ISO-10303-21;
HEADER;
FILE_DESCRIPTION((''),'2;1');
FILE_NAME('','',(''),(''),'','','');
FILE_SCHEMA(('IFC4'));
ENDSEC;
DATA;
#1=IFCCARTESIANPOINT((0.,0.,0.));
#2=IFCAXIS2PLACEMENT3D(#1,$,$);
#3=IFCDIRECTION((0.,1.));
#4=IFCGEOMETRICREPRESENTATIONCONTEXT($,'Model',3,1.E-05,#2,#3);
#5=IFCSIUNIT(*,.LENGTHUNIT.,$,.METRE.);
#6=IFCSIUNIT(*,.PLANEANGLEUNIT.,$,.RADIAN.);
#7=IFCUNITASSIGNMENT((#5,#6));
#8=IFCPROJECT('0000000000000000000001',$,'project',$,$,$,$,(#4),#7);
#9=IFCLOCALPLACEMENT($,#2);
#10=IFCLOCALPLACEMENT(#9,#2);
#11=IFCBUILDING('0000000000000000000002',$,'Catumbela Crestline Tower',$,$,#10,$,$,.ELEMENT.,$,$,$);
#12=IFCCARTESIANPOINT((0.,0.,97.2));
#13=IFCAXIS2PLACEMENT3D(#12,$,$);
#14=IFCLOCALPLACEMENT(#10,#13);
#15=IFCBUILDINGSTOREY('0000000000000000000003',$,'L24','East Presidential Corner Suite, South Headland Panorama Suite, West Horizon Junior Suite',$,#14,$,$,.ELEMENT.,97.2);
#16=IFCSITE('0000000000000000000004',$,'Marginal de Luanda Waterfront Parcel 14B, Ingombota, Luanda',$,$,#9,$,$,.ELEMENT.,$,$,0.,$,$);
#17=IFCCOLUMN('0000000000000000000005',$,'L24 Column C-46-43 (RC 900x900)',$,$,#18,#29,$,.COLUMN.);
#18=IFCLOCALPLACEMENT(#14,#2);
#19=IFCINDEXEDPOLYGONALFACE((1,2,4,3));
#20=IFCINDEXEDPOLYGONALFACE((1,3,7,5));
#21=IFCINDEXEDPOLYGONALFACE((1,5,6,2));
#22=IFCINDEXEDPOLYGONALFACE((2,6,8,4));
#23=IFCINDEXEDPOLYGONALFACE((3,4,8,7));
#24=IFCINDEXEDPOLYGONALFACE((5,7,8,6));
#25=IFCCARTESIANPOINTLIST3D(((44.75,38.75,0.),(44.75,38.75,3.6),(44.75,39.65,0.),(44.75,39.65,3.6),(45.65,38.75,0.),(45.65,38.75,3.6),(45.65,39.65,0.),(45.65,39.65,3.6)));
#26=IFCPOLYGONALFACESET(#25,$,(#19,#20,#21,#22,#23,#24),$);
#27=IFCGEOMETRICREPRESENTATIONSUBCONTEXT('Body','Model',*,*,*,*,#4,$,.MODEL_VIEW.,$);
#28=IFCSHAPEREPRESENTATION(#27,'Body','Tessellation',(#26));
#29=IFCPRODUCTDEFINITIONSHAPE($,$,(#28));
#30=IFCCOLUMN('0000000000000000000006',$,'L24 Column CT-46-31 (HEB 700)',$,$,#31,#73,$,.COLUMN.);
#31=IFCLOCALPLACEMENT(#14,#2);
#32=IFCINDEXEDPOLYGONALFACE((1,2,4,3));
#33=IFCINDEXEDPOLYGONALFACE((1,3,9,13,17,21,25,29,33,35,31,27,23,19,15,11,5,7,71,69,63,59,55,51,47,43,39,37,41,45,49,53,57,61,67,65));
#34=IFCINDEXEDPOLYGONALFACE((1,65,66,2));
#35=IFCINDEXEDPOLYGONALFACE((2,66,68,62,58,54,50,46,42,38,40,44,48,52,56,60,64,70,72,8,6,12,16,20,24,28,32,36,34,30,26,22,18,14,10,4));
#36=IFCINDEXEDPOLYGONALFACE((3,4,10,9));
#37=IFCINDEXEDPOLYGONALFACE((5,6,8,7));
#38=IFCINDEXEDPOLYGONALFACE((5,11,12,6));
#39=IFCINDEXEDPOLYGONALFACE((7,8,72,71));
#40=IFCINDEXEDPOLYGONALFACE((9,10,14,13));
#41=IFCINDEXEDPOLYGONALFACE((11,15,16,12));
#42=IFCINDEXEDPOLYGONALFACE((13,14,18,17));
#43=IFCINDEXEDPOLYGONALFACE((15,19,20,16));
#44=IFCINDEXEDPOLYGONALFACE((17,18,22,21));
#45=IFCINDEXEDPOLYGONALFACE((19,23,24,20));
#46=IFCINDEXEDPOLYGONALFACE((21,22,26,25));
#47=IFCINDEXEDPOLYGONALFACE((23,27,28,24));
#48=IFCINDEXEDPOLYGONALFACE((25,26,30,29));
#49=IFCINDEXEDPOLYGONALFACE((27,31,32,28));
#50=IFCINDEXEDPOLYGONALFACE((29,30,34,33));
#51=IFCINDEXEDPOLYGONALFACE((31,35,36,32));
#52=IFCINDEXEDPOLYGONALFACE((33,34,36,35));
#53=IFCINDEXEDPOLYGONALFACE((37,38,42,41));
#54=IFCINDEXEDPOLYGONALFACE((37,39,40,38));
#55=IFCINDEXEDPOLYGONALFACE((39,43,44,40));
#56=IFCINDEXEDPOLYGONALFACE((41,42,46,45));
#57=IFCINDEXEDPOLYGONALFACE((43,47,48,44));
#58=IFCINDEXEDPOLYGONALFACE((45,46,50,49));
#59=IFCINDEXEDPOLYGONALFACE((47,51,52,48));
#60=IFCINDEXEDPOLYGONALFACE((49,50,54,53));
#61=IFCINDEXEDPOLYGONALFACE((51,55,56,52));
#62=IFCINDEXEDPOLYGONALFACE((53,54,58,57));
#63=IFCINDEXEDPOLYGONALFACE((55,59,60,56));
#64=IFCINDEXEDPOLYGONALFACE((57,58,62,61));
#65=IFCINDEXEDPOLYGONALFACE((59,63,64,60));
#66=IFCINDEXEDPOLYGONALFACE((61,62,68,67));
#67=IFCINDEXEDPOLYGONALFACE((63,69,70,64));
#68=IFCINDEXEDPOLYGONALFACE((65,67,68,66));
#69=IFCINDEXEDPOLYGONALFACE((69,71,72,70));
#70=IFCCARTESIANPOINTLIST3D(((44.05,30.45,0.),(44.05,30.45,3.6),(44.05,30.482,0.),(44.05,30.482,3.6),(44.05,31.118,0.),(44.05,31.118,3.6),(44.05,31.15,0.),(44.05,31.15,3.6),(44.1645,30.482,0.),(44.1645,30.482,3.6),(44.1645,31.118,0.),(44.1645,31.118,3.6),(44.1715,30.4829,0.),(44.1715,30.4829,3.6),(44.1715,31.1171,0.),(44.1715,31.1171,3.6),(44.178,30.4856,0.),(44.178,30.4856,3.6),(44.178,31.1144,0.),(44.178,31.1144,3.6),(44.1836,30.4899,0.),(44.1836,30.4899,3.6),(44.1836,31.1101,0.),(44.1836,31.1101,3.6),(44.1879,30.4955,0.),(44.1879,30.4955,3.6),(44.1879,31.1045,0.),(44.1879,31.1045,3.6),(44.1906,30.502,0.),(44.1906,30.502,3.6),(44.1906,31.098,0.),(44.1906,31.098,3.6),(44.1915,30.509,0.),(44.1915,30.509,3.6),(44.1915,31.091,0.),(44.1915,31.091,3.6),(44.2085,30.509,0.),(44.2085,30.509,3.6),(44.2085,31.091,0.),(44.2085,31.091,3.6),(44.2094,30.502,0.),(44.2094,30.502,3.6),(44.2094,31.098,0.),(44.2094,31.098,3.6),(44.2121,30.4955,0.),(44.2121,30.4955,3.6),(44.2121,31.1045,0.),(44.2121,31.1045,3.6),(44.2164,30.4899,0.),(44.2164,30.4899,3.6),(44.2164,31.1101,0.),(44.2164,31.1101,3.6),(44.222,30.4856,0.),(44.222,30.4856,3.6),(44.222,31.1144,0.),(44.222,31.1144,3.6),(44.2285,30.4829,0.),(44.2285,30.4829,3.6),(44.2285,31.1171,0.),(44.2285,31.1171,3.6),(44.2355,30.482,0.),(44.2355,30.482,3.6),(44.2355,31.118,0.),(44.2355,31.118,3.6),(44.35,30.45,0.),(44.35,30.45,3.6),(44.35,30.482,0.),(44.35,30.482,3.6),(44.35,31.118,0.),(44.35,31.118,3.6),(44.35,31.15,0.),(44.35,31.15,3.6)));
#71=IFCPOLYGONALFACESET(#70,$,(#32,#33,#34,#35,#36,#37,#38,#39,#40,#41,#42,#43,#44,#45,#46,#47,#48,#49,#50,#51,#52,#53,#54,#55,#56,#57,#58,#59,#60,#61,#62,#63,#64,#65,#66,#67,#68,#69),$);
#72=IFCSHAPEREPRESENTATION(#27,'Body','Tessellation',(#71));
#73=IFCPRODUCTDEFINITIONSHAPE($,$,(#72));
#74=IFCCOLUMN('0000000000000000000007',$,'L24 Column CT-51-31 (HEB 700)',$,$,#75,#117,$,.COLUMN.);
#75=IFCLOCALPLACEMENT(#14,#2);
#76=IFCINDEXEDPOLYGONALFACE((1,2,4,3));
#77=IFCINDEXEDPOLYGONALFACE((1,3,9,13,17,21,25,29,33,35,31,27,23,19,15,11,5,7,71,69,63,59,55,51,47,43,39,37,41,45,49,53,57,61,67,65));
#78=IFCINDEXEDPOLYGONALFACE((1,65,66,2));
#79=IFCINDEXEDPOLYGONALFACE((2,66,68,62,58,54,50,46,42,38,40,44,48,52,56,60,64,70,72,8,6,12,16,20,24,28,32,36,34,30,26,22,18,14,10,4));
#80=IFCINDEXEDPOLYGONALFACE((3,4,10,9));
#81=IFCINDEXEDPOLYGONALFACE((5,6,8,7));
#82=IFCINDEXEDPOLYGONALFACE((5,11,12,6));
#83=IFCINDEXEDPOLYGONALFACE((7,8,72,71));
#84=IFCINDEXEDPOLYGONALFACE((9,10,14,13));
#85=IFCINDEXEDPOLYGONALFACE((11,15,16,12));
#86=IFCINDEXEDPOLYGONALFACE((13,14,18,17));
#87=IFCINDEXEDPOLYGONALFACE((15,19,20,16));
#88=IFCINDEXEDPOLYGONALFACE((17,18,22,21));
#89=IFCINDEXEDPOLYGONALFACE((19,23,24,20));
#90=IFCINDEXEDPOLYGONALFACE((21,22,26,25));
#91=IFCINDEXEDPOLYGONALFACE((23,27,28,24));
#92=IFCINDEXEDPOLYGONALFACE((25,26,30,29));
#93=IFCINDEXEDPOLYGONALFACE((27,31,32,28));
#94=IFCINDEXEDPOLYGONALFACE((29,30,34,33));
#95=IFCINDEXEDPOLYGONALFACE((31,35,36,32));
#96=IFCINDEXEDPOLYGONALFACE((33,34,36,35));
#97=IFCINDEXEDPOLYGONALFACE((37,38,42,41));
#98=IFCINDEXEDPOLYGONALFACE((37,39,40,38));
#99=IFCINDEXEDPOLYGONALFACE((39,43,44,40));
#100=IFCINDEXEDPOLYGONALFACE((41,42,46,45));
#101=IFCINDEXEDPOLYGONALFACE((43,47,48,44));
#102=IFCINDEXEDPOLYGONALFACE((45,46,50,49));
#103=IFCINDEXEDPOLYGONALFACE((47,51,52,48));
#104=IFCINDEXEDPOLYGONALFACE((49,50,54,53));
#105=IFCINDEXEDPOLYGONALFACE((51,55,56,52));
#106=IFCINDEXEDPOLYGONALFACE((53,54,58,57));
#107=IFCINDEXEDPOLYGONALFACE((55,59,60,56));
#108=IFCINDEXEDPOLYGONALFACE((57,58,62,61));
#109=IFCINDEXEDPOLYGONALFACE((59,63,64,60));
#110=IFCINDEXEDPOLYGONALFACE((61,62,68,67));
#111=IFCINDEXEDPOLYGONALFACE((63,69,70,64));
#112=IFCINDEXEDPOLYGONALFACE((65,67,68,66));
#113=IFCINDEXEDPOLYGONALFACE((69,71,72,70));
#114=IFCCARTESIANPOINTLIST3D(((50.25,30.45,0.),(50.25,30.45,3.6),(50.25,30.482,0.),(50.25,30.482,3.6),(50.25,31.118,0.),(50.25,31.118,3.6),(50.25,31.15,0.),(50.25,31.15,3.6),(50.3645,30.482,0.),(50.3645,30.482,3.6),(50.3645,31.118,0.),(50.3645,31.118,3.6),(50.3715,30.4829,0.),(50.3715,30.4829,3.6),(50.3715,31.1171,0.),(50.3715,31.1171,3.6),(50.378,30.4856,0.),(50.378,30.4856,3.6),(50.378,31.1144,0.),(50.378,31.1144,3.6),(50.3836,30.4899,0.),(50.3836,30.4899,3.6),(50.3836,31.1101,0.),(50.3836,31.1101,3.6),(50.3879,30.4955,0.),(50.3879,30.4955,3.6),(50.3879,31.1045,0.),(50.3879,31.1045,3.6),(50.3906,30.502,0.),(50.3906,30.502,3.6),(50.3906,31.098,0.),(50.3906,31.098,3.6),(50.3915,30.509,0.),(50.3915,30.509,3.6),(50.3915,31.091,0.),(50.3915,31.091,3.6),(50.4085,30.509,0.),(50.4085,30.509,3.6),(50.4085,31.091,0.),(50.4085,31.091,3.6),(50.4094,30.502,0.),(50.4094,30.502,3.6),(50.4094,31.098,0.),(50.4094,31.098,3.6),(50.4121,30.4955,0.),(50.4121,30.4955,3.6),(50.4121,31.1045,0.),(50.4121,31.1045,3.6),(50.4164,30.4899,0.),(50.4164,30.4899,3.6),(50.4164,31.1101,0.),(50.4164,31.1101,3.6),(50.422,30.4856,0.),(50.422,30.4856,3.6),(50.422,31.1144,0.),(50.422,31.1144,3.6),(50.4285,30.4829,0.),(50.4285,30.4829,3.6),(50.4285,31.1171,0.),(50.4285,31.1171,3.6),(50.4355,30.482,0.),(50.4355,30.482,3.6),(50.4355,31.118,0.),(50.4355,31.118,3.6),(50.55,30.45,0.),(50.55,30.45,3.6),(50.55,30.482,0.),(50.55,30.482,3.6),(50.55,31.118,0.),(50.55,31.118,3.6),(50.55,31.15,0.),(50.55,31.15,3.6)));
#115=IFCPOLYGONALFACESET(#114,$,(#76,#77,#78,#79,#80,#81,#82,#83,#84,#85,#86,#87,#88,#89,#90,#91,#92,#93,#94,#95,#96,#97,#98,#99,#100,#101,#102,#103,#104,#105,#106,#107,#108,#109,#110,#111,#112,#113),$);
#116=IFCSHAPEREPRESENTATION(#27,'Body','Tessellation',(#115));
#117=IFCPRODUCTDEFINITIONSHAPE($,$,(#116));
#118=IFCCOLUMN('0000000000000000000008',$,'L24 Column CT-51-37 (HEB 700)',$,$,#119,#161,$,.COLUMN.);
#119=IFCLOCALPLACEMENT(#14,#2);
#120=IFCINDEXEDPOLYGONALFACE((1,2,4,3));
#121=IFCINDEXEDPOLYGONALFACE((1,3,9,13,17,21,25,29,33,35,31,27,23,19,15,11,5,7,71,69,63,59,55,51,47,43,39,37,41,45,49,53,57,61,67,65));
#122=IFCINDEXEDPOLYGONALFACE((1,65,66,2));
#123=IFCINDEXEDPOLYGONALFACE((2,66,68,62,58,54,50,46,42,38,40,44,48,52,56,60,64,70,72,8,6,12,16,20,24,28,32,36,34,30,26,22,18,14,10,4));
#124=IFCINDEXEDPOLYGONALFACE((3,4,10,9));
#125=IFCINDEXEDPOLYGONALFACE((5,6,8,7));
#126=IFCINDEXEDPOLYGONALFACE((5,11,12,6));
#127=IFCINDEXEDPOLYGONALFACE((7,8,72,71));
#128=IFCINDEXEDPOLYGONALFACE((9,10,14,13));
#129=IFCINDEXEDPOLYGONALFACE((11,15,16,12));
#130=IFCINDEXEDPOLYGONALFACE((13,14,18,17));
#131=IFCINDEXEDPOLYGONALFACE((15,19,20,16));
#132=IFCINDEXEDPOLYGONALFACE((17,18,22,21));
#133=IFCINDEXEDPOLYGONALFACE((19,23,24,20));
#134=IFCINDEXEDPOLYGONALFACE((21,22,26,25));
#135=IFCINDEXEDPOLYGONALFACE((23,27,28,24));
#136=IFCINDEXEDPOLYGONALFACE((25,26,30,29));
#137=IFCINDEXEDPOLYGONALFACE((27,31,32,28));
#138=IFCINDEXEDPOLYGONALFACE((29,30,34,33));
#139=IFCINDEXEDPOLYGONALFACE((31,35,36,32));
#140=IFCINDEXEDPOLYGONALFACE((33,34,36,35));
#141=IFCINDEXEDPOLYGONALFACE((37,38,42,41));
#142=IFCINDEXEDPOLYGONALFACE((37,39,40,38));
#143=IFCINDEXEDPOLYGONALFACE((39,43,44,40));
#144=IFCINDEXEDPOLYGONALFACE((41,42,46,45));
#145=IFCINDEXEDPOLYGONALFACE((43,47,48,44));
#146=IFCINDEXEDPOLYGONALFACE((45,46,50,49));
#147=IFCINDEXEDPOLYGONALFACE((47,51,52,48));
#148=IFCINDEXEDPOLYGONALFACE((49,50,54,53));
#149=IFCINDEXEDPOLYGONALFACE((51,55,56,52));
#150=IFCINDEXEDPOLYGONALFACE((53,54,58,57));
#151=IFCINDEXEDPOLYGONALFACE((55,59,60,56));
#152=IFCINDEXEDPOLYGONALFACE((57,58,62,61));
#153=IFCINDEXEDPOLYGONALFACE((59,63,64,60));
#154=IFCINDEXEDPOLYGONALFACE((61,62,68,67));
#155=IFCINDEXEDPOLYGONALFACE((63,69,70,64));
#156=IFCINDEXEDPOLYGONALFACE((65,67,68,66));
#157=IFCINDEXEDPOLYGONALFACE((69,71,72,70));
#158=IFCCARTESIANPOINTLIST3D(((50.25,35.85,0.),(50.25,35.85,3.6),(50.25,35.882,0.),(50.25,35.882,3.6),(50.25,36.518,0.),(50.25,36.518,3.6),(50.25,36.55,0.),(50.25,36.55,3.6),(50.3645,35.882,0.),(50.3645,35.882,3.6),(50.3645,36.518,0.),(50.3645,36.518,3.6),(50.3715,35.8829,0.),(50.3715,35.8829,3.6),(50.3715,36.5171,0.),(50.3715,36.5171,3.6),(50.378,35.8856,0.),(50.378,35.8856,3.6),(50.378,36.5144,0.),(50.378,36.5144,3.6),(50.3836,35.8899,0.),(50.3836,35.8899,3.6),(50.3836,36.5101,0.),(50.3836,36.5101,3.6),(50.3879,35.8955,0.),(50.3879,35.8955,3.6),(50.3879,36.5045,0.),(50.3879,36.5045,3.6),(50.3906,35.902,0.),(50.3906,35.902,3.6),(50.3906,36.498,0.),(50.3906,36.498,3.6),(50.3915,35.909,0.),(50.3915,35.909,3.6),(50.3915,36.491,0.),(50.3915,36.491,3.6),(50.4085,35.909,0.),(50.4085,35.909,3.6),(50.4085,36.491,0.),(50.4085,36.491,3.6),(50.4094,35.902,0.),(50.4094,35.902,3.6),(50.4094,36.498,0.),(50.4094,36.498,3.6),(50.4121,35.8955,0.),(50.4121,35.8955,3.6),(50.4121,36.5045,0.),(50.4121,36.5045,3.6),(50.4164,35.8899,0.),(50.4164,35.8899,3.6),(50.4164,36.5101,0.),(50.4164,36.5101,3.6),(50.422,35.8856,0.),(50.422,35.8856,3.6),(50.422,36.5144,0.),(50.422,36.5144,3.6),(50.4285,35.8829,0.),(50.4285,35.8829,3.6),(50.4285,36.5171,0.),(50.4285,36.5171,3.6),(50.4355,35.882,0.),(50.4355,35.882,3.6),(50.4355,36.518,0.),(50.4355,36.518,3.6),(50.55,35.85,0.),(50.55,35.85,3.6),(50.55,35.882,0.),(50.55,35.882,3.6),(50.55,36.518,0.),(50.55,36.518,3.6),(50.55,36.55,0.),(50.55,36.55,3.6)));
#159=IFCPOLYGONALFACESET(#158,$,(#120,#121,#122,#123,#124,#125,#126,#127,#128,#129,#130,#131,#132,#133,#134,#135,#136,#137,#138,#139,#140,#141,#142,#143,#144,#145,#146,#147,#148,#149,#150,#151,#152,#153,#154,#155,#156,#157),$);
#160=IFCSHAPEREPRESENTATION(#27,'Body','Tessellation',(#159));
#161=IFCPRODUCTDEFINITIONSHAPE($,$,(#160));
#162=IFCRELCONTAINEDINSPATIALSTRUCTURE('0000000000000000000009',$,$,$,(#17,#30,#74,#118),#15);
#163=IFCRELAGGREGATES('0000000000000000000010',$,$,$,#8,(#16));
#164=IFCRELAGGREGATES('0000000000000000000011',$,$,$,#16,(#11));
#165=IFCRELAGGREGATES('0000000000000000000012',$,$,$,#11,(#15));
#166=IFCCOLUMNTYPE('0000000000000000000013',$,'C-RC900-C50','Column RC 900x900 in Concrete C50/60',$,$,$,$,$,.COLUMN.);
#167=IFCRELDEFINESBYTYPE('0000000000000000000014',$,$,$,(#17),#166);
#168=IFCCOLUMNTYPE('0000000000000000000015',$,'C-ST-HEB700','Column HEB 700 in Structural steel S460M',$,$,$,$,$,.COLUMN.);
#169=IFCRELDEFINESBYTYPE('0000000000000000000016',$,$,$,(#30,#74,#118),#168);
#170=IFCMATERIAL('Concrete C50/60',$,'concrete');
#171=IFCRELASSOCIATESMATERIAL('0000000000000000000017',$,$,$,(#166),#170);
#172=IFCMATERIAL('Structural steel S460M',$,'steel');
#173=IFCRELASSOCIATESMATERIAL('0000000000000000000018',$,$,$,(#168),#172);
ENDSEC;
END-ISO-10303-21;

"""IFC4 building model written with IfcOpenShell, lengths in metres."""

from ifc_helpers import new_model, si_unit, direction, frame, origin, origin_2d, place, context, subcontext, project, spatial, rectangle, i_section, extrude, material, material_profile, profile_set, type_object, element, save


model = new_model("IFC4")

# Units and contexts
model_context = context("Model", 3, precision=1e-05, world=origin(), true_north=direction((0.0, 1.0)))
body_context = subcontext(model_context, "Body", "Model", "MODEL_VIEW")
ifc_project = project(units=[si_unit("LENGTHUNIT", "METRE"), si_unit("PLANEANGLEUNIT", "RADIAN")], contexts=[model_context])

# Site, building, storey
site_placement = place(None, origin())
site = spatial("IfcSite", under=ifc_project, at=site_placement, Name="Marginal de Luanda Waterfront Parcel 14B, Ingombota, Luanda", CompositionType="ELEMENT", RefElevation=0.0)
building_placement = place(site_placement, origin())
building = spatial("IfcBuilding", under=site, at=building_placement, Name="Catumbela Crestline Tower", CompositionType="ELEMENT")
storey_placement = place(building_placement, frame((0.0, 0.0, 97.2)))
storey = spatial("IfcBuildingStorey", under=building, at=storey_placement, Name="L24", Description="East Presidential Corner Suite, South Headland Panorama Suite, West Horizon Junior Suite", CompositionType="ELEMENT", Elevation=97.2)

# Columns
ifc_material_1 = material(Name="Concrete C50/60", Category="concrete")
ifc_material_profile_1 = material_profile(ifc_material_1, rectangle(XDim=0.9, YDim=0.9, at=origin_2d()), Name="RC 900x900")
ifc_profile_set_1 = profile_set([ifc_material_profile_1], Name="Concrete C50/60")
column_type_1 = type_object("IfcColumnType", Name="C-RC900-C50", Description="Column RC 900x900 in Concrete C50/60", PredefinedType="COLUMN", material=ifc_profile_set_1)
column_placement = place(storey_placement, frame((45.2, 39.2, 0.0), z_axis=(0.0, 0.0, 1.0), x_axis=(1.0, 0.0, 0.0)))
element("IfcColumn", 1, at=column_placement, inside=storey, type_object=column_type_1, Name="L24 Column C-46-43 (RC 900x900)", PredefinedType="COLUMN", context=body_context, shape_type="SweptSolid", body=[
    extrude(rectangle(XDim=0.9, YDim=0.9, at=origin_2d()), origin(), (0.0, 0.0, 1.0), 3.6),
])
ifc_material_2 = material(Name="Structural steel S460M", Category="steel")
ifc_material_profile_2 = material_profile(ifc_material_2, i_section(OverallWidth=0.3, OverallDepth=0.7, WebThickness=0.017, FlangeThickness=0.032, FilletRadius=0.027, at=origin_2d()), Name="HEB 700")
ifc_profile_set_2 = profile_set([ifc_material_profile_2], Name="Structural steel S460M")
column_type_2 = type_object("IfcColumnType", Name="C-ST-HEB700", Description="Column HEB 700 in Structural steel S460M", PredefinedType="COLUMN", material=ifc_profile_set_2)
for number, where, z_axis, x_axis, name in (
    (2, (44.2, 30.8, 0.0), (0.0, 0.0, 1.0), (1.0, 0.0, 0.0), "L24 Column CT-46-31 (HEB 700)"),
    (3, (50.4, 30.8, 0.0), (0.0, 0.0, 1.0), (1.0, 0.0, 0.0), "L24 Column CT-51-31 (HEB 700)"),
    (4, (50.4, 36.2, 0.0), (0.0, 0.0, 1.0), (1.0, 0.0, 0.0), "L24 Column CT-51-37 (HEB 700)"),
):
    element("IfcColumn", number, at=place(storey_placement, frame(where, z_axis=z_axis, x_axis=x_axis)), inside=storey, type_object=column_type_2, Name=name, PredefinedType="COLUMN", context=body_context, shape_type="SweptSolid", body=[
        extrude(i_section(OverallWidth=0.3, OverallDepth=0.7, WebThickness=0.017, FlangeThickness=0.032, FilletRadius=0.027, at=origin_2d()), origin(), (0.0, 0.0, 1.0), 3.6),
    ])

save(model, "model.ifc")
